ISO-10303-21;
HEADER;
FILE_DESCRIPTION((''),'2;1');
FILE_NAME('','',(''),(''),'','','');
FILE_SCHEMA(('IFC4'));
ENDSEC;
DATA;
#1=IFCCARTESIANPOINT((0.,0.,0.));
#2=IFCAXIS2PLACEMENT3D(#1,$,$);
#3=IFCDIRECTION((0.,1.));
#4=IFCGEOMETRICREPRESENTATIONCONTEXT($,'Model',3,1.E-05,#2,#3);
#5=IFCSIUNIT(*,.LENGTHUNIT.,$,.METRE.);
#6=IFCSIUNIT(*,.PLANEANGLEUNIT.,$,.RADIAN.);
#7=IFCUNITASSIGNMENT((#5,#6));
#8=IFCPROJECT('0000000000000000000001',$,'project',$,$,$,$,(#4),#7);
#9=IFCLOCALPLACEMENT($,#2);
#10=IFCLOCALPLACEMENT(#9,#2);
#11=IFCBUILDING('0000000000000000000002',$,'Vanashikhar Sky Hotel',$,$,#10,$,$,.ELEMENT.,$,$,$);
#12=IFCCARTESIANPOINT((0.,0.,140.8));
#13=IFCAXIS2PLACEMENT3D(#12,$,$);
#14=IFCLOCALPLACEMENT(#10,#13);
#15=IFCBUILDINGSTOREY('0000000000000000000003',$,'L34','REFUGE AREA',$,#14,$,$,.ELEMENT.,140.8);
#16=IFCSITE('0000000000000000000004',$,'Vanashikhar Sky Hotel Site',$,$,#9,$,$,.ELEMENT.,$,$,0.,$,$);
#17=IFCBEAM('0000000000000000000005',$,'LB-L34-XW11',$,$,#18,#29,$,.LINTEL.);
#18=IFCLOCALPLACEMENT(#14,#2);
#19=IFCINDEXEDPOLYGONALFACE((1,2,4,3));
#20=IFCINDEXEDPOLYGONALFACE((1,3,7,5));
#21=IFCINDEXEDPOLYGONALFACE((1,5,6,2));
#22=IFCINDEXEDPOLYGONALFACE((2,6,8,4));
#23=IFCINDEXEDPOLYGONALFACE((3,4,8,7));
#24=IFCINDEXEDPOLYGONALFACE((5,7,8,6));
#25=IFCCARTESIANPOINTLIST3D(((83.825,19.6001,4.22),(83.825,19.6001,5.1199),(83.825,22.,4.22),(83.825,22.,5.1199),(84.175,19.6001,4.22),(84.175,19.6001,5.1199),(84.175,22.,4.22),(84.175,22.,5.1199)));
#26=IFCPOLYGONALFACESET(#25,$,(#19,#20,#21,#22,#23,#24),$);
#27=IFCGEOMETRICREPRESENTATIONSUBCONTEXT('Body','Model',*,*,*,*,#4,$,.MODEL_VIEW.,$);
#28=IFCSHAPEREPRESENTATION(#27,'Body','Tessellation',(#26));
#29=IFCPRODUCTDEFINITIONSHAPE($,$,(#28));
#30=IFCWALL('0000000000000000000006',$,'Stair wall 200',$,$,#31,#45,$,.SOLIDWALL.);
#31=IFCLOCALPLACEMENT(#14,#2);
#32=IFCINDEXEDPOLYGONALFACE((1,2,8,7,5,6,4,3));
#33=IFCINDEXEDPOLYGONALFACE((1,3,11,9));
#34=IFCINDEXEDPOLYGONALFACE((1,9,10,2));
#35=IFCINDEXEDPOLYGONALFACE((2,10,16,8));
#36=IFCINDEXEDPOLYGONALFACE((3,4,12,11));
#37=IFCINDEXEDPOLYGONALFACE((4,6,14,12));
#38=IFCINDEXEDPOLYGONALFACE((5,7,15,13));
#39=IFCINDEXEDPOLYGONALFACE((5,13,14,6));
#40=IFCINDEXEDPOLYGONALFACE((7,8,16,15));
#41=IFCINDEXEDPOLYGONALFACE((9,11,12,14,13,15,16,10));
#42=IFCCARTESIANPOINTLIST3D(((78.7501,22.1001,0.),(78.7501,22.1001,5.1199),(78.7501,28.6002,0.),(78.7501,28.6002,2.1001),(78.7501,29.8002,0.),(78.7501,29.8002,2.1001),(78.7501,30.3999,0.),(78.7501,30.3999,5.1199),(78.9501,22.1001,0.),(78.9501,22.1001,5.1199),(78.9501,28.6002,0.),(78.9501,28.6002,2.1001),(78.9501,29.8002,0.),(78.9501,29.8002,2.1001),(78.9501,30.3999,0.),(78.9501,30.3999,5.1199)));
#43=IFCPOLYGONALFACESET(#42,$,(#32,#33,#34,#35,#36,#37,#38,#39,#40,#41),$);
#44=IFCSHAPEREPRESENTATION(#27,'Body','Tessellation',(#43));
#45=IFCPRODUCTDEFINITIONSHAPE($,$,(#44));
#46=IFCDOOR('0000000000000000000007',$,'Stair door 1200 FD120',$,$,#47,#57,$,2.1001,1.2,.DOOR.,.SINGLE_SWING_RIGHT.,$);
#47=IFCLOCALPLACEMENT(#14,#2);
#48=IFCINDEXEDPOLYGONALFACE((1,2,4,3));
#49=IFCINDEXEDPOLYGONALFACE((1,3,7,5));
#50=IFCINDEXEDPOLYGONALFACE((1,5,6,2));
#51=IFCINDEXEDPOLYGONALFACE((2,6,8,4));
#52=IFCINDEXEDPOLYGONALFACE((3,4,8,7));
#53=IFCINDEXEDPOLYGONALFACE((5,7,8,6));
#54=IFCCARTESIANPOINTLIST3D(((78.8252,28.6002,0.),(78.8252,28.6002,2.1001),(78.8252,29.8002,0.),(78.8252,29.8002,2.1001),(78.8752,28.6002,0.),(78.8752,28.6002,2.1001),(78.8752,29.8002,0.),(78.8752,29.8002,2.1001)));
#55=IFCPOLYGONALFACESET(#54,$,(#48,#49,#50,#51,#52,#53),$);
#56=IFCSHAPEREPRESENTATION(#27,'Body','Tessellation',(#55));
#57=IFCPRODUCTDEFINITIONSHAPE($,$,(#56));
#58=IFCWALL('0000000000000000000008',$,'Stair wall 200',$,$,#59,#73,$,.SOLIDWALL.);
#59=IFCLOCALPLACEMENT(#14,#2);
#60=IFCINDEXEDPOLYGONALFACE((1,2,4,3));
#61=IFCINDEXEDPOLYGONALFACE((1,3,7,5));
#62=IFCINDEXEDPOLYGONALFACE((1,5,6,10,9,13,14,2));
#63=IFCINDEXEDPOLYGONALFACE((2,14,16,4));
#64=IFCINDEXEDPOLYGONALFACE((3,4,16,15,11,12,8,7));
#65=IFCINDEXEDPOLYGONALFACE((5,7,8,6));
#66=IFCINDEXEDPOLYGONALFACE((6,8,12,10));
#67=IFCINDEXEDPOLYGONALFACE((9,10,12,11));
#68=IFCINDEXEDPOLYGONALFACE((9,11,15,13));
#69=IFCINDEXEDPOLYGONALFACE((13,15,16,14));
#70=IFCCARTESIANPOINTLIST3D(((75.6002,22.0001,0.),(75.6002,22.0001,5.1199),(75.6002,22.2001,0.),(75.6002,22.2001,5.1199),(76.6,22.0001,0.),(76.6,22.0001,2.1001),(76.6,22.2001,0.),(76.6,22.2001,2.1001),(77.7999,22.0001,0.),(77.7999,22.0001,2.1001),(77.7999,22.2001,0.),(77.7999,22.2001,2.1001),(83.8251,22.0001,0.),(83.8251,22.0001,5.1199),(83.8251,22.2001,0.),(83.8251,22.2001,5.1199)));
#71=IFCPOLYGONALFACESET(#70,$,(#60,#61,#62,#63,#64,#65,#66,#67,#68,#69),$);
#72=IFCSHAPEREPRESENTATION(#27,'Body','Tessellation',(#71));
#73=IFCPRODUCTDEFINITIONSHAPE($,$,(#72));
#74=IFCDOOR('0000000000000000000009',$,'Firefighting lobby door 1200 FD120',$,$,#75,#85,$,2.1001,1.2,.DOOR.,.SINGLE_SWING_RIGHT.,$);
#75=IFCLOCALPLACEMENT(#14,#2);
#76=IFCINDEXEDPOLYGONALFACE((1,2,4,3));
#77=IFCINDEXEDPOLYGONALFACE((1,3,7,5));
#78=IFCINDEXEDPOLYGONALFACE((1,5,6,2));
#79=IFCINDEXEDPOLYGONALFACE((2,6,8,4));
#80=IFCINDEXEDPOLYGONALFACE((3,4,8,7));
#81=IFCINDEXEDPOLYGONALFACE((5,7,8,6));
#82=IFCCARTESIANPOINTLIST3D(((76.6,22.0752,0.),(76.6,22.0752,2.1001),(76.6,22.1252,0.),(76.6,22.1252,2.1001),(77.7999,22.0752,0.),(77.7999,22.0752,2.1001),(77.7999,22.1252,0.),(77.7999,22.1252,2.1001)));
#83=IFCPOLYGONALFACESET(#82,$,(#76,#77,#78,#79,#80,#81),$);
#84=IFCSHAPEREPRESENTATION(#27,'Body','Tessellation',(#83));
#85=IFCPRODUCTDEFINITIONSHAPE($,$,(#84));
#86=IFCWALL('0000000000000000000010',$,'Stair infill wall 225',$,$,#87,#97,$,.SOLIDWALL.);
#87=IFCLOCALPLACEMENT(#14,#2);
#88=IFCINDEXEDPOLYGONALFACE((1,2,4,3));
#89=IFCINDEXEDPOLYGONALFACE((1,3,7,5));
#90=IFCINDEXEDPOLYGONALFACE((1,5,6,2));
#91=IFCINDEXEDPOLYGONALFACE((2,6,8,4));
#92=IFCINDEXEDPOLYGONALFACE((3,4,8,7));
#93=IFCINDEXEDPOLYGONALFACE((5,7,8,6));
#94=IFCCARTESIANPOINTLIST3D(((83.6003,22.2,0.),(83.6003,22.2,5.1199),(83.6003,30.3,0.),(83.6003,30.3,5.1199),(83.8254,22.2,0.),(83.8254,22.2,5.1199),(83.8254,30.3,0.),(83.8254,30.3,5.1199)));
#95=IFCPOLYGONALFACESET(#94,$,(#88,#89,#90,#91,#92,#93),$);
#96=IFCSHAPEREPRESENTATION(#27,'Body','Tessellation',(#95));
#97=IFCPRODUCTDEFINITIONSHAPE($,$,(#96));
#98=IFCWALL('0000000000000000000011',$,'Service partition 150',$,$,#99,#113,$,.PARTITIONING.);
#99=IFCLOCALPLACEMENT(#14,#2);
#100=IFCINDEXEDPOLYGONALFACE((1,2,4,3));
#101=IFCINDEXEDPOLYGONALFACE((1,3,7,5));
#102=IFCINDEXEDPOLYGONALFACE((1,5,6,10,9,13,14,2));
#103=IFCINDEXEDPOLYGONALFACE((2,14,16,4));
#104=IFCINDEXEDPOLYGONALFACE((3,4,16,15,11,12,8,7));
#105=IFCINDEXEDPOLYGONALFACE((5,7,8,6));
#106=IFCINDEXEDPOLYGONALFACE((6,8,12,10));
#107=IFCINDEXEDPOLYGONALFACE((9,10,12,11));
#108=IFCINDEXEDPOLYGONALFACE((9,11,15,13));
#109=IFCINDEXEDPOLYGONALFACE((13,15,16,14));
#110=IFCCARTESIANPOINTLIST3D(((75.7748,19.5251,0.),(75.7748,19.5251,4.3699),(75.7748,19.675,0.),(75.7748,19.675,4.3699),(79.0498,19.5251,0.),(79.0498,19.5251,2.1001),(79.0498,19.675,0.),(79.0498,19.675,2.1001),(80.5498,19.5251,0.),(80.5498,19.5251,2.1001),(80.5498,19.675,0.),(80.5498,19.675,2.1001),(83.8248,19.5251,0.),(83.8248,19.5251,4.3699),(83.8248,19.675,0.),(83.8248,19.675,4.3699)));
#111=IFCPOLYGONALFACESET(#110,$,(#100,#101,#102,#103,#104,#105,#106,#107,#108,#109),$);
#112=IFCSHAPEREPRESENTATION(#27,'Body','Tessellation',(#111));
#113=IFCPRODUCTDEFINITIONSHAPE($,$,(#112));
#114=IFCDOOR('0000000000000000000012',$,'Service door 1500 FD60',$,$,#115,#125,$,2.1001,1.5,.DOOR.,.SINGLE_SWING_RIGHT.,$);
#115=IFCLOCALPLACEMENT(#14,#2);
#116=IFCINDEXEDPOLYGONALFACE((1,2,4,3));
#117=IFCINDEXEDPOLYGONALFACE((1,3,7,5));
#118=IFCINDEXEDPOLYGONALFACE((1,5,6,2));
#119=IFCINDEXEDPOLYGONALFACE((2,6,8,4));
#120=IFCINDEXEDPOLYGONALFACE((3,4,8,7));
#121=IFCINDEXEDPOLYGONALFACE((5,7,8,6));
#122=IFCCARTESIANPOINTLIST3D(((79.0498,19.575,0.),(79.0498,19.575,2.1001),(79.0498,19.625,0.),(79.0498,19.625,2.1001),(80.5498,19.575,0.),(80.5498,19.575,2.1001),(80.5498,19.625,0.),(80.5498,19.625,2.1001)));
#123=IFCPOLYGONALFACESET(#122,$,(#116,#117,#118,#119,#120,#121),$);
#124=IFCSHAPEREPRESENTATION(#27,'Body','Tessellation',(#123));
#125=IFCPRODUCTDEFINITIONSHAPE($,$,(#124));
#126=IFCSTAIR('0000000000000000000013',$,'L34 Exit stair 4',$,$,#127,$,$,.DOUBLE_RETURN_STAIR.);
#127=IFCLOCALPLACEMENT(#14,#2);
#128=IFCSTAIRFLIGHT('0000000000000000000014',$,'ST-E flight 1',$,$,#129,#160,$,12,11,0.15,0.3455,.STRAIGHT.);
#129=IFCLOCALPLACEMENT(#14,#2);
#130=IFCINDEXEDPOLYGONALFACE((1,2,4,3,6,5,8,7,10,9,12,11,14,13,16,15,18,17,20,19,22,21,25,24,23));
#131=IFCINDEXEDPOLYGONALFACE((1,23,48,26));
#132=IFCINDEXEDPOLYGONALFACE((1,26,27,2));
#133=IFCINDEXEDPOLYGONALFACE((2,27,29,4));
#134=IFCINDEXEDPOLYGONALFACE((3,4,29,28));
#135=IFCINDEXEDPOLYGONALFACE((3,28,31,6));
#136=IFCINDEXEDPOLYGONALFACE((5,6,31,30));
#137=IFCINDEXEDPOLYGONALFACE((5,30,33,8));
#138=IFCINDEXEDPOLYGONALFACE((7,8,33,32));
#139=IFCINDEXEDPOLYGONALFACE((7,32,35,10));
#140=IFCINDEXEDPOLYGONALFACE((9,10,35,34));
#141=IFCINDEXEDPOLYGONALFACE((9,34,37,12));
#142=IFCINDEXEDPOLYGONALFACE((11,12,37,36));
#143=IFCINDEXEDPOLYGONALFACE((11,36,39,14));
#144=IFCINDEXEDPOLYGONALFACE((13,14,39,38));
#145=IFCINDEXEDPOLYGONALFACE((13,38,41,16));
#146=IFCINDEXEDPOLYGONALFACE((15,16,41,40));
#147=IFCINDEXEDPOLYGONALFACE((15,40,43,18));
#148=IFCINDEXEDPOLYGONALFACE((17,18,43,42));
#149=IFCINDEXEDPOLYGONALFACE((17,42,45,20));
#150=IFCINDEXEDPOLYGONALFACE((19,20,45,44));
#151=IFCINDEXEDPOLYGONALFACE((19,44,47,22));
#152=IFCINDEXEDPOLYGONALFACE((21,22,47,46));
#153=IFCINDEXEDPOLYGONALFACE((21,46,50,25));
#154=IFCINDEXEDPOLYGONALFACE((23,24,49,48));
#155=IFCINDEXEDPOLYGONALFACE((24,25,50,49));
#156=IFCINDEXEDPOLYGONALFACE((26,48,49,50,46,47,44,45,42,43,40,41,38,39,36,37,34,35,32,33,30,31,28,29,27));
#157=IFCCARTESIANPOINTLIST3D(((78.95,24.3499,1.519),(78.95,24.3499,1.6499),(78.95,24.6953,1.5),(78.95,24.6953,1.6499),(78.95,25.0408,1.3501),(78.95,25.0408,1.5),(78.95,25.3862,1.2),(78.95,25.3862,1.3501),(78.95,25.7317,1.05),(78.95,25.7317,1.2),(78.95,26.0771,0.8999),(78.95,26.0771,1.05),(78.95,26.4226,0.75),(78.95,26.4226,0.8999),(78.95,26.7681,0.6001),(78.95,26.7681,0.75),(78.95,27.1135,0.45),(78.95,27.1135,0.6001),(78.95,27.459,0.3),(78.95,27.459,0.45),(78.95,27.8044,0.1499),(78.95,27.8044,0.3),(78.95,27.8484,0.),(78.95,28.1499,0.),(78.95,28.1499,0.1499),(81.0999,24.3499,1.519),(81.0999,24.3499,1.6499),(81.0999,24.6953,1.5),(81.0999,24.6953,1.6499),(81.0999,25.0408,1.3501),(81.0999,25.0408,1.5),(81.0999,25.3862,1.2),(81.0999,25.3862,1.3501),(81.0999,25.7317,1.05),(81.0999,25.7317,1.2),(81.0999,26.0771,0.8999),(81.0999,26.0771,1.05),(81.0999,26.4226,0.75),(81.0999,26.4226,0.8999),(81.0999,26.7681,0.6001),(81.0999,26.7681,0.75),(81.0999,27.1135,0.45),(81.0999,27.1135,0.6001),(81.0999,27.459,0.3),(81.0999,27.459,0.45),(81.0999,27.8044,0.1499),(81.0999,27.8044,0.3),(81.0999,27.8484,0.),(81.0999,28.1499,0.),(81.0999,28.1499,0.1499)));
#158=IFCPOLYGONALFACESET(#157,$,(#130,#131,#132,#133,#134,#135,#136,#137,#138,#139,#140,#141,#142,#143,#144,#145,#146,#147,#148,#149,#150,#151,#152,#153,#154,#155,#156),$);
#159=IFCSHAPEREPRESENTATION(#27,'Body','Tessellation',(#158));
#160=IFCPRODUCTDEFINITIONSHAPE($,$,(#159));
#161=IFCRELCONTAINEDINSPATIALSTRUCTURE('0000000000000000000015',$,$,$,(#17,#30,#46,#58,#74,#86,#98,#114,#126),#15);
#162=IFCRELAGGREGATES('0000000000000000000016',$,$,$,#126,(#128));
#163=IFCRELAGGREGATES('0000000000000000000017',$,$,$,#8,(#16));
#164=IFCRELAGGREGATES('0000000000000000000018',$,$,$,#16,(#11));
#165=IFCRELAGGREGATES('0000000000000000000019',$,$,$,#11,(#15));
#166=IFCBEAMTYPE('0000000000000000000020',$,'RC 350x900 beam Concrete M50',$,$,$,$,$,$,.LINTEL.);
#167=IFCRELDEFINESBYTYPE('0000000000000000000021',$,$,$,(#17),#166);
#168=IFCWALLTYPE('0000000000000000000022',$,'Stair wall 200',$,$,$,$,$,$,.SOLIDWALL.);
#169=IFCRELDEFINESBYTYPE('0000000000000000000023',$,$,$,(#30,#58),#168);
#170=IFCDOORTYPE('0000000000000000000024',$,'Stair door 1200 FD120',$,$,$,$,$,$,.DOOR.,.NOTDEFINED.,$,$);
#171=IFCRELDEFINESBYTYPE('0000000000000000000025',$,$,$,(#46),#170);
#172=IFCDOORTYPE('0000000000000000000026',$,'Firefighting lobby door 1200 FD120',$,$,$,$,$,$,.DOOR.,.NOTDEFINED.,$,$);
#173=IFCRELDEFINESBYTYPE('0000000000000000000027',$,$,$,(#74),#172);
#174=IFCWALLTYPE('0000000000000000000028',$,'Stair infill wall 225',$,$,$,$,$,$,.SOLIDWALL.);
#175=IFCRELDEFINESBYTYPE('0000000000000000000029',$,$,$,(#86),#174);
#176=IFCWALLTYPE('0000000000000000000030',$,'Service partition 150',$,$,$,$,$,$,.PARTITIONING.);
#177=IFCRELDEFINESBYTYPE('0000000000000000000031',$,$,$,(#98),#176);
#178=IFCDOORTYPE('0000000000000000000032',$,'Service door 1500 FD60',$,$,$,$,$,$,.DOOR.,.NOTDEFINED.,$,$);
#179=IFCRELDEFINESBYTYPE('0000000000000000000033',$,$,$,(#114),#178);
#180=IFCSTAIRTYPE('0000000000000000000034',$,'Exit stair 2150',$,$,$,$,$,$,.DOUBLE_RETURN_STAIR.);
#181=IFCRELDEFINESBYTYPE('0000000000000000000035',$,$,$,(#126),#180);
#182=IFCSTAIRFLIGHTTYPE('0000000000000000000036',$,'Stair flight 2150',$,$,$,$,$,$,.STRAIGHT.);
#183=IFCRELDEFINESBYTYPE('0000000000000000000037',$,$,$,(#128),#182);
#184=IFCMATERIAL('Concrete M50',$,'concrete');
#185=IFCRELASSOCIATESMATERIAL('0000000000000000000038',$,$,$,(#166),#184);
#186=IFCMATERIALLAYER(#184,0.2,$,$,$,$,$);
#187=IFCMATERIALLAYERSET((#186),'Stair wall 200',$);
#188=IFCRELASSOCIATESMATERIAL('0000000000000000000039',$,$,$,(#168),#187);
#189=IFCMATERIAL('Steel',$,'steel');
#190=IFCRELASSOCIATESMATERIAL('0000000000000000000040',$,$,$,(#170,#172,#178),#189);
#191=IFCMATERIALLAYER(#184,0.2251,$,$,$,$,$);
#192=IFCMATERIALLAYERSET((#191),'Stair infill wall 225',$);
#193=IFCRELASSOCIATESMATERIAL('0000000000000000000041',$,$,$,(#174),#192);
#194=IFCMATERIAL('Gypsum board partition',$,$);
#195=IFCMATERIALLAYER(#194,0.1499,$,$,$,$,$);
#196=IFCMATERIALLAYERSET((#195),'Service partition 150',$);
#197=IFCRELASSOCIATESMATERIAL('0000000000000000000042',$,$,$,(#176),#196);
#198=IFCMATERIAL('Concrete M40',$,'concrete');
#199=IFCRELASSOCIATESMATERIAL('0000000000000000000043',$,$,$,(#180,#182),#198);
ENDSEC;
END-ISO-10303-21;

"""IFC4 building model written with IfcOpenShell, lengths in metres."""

from ifc_helpers import new_model, si_unit, direction, frame, frame_2d, origin, origin_2d, place, context, subcontext, project, spatial, polyline, rectangle, outline, extrude, source, transform, mapped, material, layer, layer_set, material_profile, profile_set, type_object, element, fill, aggregate, save


model = new_model("IFC4")

# Units and contexts
model_context = context("Model", 3, precision=1e-05, world=origin(), true_north=direction((0.0, 1.0)))
body_context = subcontext(model_context, "Body", "Model", "MODEL_VIEW")
ifc_project = project(units=[si_unit("LENGTHUNIT", "METRE"), si_unit("PLANEANGLEUNIT", "RADIAN")], contexts=[model_context])

# Site, building, storey
site_placement = place(None, origin())
site = spatial("IfcSite", under=ifc_project, at=site_placement, Name="Vanashikhar Sky Hotel Site", CompositionType="ELEMENT", RefElevation=0.0)
building_placement = place(site_placement, origin())
building = spatial("IfcBuilding", under=site, at=building_placement, Name="Vanashikhar Sky Hotel", CompositionType="ELEMENT")
storey_placement = place(building_placement, frame((0.0, 0.0, 140.8)))
storey = spatial("IfcBuildingStorey", under=building, at=storey_placement, Name="L34", Description="REFUGE AREA", CompositionType="ELEMENT", Elevation=140.8)

# Beam
ifc_material_1 = material(Name="Concrete M50", Category="concrete")
ifc_material_profile = material_profile(ifc_material_1, rectangle(XDim=0.3501, YDim=0.8999, at=origin_2d()))
ifc_profile_set = profile_set([ifc_material_profile], Name="RC 350x900 beam Concrete M50")
beam_type = type_object("IfcBeamType", Name="RC 350x900 beam Concrete M50", PredefinedType="LINTEL", material=ifc_profile_set)
shared_shape_1 = source(origin(), body_context, "Body", "SweptSolid", [
    extrude(rectangle(XDim=0.3501, YDim=0.8999, at=origin_2d()), origin(), (0.0, 0.0, 1.0), 2.3999),
])
beam_placement = place(storey_placement, frame((84.0, 19.6001, 4.6699), z_axis=(0.0, 1.0, 0.0), x_axis=(-1.0, 0.0, 0.0)))
element("IfcBeam", 1, at=beam_placement, inside=storey, type_object=beam_type, Name="LB-L34-XW11", PredefinedType="LINTEL", context=body_context, shape_type="MappedRepresentation", body=[
    mapped(shared_shape_1, transform((0.0, 0.0, 0.0), scale=1.0)),
])

# Walls, openings, doors
ifc_layer_1 = layer(ifc_material_1, 0.2)
ifc_layer_set_1 = layer_set([ifc_layer_1], Name="Stair wall 200")
wall_type_1 = type_object("IfcWallType", Name="Stair wall 200", PredefinedType="SOLIDWALL", material=ifc_layer_set_1)
shared_shape_2 = source(origin(), body_context, "Body", "SweptSolid", [
    extrude(rectangle(XDim=8.2998, YDim=0.2, at=frame_2d((4.1499, 0.0))), origin(), (0.0, 0.0, 1.0), 5.1199),
])
wall_1_placement = place(storey_placement, frame((78.8501, 22.1001, 0.0), z_axis=(0.0, 0.0, 1.0), x_axis=(0.0, 1.0, 0.0)))
wall_1 = element("IfcWall", 2, at=wall_1_placement, inside=storey, type_object=wall_type_1, Name="Stair wall 200", PredefinedType="SOLIDWALL", context=body_context, shape_type="MappedRepresentation", body=[
    mapped(shared_shape_2, transform((0.0, 0.0, 0.0), scale=1.0)),
])
shared_shape_3 = source(origin(), body_context, "Body", "SweptSolid", [
    extrude(rectangle(XDim=1.2, YDim=2.1001, at=frame_2d((0.6001, 1.05))), frame((0.0, 0.1099, 0.0), z_axis=(0.0, -1.0, 0.0), x_axis=(1.0, 0.0, 0.0)), (0.0, 0.0, 1.0), 0.22),
])
opening_1_placement = place(wall_1_placement, frame((6.5, 0.0, 0.0)))
opening_1 = element("IfcOpeningElement", 3, at=opening_1_placement, cuts=wall_1, PredefinedType="OPENING", context=body_context, shape_type="MappedRepresentation", body=[
    mapped(shared_shape_3, transform((0.0, 0.0, 0.0), scale=1.0)),
])
ifc_material_2 = material(Name="Steel", Category="steel")
door_type_1 = type_object("IfcDoorType", Name="Stair door 1200 FD120", OperationType="NOTDEFINED", PredefinedType="DOOR", material=ifc_material_2)
shared_shape_4 = source(origin(), body_context, "Body", "SweptSolid", [
    extrude(rectangle(XDim=1.2, YDim=2.1001, at=frame_2d((0.6001, 1.05))), frame((0.0, 0.0249, 0.0), z_axis=(0.0, -1.0, 0.0), x_axis=(1.0, 0.0, 0.0)), (0.0, 0.0, 1.0), 0.05),
])
door_1_placement = place(opening_1_placement, origin())
door_1 = element("IfcDoor", 4, at=door_1_placement, inside=storey, type_object=door_type_1, Name="Stair door 1200 FD120", OperationType="SINGLE_SWING_RIGHT", OverallHeight=2.1001, OverallWidth=1.2, PredefinedType="DOOR", context=body_context, shape_type="MappedRepresentation", body=[
    mapped(shared_shape_4, transform((0.0, 0.0, 0.0), scale=1.0)),
])
fill(opening_1, door_1)
shared_shape_5 = source(origin(), body_context, "Body", "SweptSolid", [
    extrude(rectangle(XDim=8.2249, YDim=0.2, at=frame_2d((4.1123, 0.0))), origin(), (0.0, 0.0, 1.0), 5.1199),
])
wall_2_placement = place(storey_placement, frame((83.825, 22.1001, 0.0), z_axis=(0.0, 0.0, 1.0), x_axis=(-1.0, 0.0, 0.0)))
wall_2 = element("IfcWall", 5, at=wall_2_placement, inside=storey, type_object=wall_type_1, Name="Stair wall 200", PredefinedType="SOLIDWALL", context=body_context, shape_type="MappedRepresentation", body=[
    mapped(shared_shape_5, transform((0.0, 0.0, 0.0), scale=1.0)),
])
opening_2_placement = place(wall_2_placement, frame((6.0249, 0.0, 0.0)))
opening_2 = element("IfcOpeningElement", 6, at=opening_2_placement, cuts=wall_2, PredefinedType="OPENING", context=body_context, shape_type="MappedRepresentation", body=[
    mapped(shared_shape_3, transform((0.0, 0.0, 0.0), scale=1.0)),
])
door_type_2 = type_object("IfcDoorType", Name="Firefighting lobby door 1200 FD120", OperationType="NOTDEFINED", PredefinedType="DOOR", material=ifc_material_2)
door_2_placement = place(opening_2_placement, origin())
door_2 = element("IfcDoor", 7, at=door_2_placement, inside=storey, type_object=door_type_2, Name="Firefighting lobby door 1200 FD120", OperationType="SINGLE_SWING_RIGHT", OverallHeight=2.1001, OverallWidth=1.2, PredefinedType="DOOR", context=body_context, shape_type="MappedRepresentation", body=[
    mapped(shared_shape_4, transform((0.0, 0.0, 0.0), scale=1.0)),
])
fill(opening_2, door_2)

# Wall
ifc_layer_2 = layer(ifc_material_1, 0.2251)
ifc_layer_set_2 = layer_set([ifc_layer_2], Name="Stair infill wall 225")
wall_type_2 = type_object("IfcWallType", Name="Stair infill wall 225", PredefinedType="SOLIDWALL", material=ifc_layer_set_2)
shared_shape_6 = source(origin(), body_context, "Body", "SweptSolid", [
    extrude(rectangle(XDim=8.1001, YDim=0.2251, at=frame_2d((4.05, 0.0))), origin(), (0.0, 0.0, 1.0), 5.1199),
])
wall_3_placement = place(storey_placement, frame((83.7129, 22.2, 0.0), z_axis=(0.0, 0.0, 1.0), x_axis=(0.0, 1.0, 0.0)))
element("IfcWall", 8, at=wall_3_placement, inside=storey, type_object=wall_type_2, Name="Stair infill wall 225", PredefinedType="SOLIDWALL", context=body_context, shape_type="MappedRepresentation", body=[
    mapped(shared_shape_6, transform((0.0, 0.0, 0.0), scale=1.0)),
])

# Wall, opening, door
ifc_material_3 = material(Name="Gypsum board partition")
ifc_layer_3 = layer(ifc_material_3, 0.1499)
ifc_layer_set_3 = layer_set([ifc_layer_3], Name="Service partition 150")
wall_type_3 = type_object("IfcWallType", Name="Service partition 150", PredefinedType="PARTITIONING", material=ifc_layer_set_3)
shared_shape_7 = source(origin(), body_context, "Body", "SweptSolid", [
    extrude(rectangle(XDim=8.05, YDim=0.1499, at=frame_2d((4.0249, 0.0))), origin(), (0.0, 0.0, 1.0), 4.3699),
])
wall_4_placement = place(storey_placement, frame((75.7749, 19.6001, 0.0), z_axis=(0.0, 0.0, 1.0), x_axis=(1.0, 0.0, 0.0)))
wall_4 = element("IfcWall", 9, at=wall_4_placement, inside=storey, type_object=wall_type_3, Name="Service partition 150", PredefinedType="PARTITIONING", context=body_context, shape_type="MappedRepresentation", body=[
    mapped(shared_shape_7, transform((0.0, 0.0, 0.0), scale=1.0)),
])
shared_shape_8 = source(origin(), body_context, "Body", "SweptSolid", [
    extrude(rectangle(XDim=1.5, YDim=2.1001, at=frame_2d((0.75, 1.05))), frame((0.0, 0.085, 0.0), z_axis=(0.0, -1.0, 0.0), x_axis=(1.0, 0.0, 0.0)), (0.0, 0.0, 1.0), 0.1699),
])
opening_3_placement = place(wall_4_placement, frame((3.2749, 0.0, 0.0)))
opening_3 = element("IfcOpeningElement", 10, at=opening_3_placement, cuts=wall_4, PredefinedType="OPENING", context=body_context, shape_type="MappedRepresentation", body=[
    mapped(shared_shape_8, transform((0.0, 0.0, 0.0), scale=1.0)),
])
door_type_3 = type_object("IfcDoorType", Name="Service door 1500 FD60", OperationType="NOTDEFINED", PredefinedType="DOOR", material=ifc_material_2)
shared_shape_9 = source(origin(), body_context, "Body", "SweptSolid", [
    extrude(rectangle(XDim=1.5, YDim=2.1001, at=frame_2d((0.75, 1.05))), frame((0.0, 0.0249, 0.0), z_axis=(0.0, -1.0, 0.0), x_axis=(1.0, 0.0, 0.0)), (0.0, 0.0, 1.0), 0.05),
])
door_3_placement = place(opening_3_placement, origin())
door_3 = element("IfcDoor", 11, at=door_3_placement, inside=storey, type_object=door_type_3, Name="Service door 1500 FD60", OperationType="SINGLE_SWING_RIGHT", OverallHeight=2.1001, OverallWidth=1.5, PredefinedType="DOOR", context=body_context, shape_type="MappedRepresentation", body=[
    mapped(shared_shape_9, transform((0.0, 0.0, 0.0), scale=1.0)),
])
fill(opening_3, door_3)

# Stair, stair flight
ifc_material_4 = material(Name="Concrete M40", Category="concrete")
stair_type = type_object("IfcStairType", Name="Exit stair 2150", PredefinedType="DOUBLE_RETURN_STAIR", material=ifc_material_4)
stair_placement = place(storey_placement, origin())
stair = element("IfcStair", 12, at=stair_placement, inside=storey, type_object=stair_type, Name="L34 Exit stair 4", PredefinedType="DOUBLE_RETURN_STAIR")
stair_flight_type = type_object("IfcStairFlightType", Name="Stair flight 2150", PredefinedType="STRAIGHT", material=ifc_material_4)
shared_shape_10 = source(origin(), body_context, "Body", "SweptSolid", [
    extrude(outline(polyline([(0.0, 0.0), (0.0, 0.1499), (0.3455, 0.1499), (0.3455, 0.3), (0.6909, 0.3), (0.6909, 0.45), (1.0364, 0.45), (1.0364, 0.6001), (1.3818, 0.6001), (1.3818, 0.75), (1.7273, 0.75), (1.7273, 0.8999), (2.0728, 0.8999), (2.0728, 1.05), (2.4182, 1.05), (2.4182, 1.2), (2.7637, 1.2), (2.7637, 1.3501), (3.1091, 1.3501), (3.1091, 1.5), (3.4546, 1.5), (3.4546, 1.6499), (3.8, 1.6499), (3.8, 1.8), (3.8, 1.519), (0.3015, 0.0), (0.0, 0.0)])), frame((0.0, 1.075, 0.0), z_axis=(0.0, -1.0, 0.0), x_axis=(1.0, 0.0, 0.0)), (0.0, 0.0, 1.0), 2.1499),
])
stair_flight_1_placement = place(storey_placement, frame((80.0249, 28.1499, 0.0), z_axis=(0.0, 0.0, 1.0), x_axis=(0.0, -1.0, 0.0)))
stair_flight_1 = element("IfcStairFlight", 13, at=stair_flight_1_placement, type_object=stair_flight_type, Name="ST-E flight 1", NumberOfRisers=12, NumberOfTreads=11, PredefinedType="STRAIGHT", RiserHeight=0.15, TreadLength=0.3455, context=body_context, shape_type="MappedRepresentation", body=[
    mapped(shared_shape_10, transform((0.0, 0.0, 0.0), scale=1.0)),
])
aggregate(stair, [stair_flight_1])

save(model, "model.ifc")
